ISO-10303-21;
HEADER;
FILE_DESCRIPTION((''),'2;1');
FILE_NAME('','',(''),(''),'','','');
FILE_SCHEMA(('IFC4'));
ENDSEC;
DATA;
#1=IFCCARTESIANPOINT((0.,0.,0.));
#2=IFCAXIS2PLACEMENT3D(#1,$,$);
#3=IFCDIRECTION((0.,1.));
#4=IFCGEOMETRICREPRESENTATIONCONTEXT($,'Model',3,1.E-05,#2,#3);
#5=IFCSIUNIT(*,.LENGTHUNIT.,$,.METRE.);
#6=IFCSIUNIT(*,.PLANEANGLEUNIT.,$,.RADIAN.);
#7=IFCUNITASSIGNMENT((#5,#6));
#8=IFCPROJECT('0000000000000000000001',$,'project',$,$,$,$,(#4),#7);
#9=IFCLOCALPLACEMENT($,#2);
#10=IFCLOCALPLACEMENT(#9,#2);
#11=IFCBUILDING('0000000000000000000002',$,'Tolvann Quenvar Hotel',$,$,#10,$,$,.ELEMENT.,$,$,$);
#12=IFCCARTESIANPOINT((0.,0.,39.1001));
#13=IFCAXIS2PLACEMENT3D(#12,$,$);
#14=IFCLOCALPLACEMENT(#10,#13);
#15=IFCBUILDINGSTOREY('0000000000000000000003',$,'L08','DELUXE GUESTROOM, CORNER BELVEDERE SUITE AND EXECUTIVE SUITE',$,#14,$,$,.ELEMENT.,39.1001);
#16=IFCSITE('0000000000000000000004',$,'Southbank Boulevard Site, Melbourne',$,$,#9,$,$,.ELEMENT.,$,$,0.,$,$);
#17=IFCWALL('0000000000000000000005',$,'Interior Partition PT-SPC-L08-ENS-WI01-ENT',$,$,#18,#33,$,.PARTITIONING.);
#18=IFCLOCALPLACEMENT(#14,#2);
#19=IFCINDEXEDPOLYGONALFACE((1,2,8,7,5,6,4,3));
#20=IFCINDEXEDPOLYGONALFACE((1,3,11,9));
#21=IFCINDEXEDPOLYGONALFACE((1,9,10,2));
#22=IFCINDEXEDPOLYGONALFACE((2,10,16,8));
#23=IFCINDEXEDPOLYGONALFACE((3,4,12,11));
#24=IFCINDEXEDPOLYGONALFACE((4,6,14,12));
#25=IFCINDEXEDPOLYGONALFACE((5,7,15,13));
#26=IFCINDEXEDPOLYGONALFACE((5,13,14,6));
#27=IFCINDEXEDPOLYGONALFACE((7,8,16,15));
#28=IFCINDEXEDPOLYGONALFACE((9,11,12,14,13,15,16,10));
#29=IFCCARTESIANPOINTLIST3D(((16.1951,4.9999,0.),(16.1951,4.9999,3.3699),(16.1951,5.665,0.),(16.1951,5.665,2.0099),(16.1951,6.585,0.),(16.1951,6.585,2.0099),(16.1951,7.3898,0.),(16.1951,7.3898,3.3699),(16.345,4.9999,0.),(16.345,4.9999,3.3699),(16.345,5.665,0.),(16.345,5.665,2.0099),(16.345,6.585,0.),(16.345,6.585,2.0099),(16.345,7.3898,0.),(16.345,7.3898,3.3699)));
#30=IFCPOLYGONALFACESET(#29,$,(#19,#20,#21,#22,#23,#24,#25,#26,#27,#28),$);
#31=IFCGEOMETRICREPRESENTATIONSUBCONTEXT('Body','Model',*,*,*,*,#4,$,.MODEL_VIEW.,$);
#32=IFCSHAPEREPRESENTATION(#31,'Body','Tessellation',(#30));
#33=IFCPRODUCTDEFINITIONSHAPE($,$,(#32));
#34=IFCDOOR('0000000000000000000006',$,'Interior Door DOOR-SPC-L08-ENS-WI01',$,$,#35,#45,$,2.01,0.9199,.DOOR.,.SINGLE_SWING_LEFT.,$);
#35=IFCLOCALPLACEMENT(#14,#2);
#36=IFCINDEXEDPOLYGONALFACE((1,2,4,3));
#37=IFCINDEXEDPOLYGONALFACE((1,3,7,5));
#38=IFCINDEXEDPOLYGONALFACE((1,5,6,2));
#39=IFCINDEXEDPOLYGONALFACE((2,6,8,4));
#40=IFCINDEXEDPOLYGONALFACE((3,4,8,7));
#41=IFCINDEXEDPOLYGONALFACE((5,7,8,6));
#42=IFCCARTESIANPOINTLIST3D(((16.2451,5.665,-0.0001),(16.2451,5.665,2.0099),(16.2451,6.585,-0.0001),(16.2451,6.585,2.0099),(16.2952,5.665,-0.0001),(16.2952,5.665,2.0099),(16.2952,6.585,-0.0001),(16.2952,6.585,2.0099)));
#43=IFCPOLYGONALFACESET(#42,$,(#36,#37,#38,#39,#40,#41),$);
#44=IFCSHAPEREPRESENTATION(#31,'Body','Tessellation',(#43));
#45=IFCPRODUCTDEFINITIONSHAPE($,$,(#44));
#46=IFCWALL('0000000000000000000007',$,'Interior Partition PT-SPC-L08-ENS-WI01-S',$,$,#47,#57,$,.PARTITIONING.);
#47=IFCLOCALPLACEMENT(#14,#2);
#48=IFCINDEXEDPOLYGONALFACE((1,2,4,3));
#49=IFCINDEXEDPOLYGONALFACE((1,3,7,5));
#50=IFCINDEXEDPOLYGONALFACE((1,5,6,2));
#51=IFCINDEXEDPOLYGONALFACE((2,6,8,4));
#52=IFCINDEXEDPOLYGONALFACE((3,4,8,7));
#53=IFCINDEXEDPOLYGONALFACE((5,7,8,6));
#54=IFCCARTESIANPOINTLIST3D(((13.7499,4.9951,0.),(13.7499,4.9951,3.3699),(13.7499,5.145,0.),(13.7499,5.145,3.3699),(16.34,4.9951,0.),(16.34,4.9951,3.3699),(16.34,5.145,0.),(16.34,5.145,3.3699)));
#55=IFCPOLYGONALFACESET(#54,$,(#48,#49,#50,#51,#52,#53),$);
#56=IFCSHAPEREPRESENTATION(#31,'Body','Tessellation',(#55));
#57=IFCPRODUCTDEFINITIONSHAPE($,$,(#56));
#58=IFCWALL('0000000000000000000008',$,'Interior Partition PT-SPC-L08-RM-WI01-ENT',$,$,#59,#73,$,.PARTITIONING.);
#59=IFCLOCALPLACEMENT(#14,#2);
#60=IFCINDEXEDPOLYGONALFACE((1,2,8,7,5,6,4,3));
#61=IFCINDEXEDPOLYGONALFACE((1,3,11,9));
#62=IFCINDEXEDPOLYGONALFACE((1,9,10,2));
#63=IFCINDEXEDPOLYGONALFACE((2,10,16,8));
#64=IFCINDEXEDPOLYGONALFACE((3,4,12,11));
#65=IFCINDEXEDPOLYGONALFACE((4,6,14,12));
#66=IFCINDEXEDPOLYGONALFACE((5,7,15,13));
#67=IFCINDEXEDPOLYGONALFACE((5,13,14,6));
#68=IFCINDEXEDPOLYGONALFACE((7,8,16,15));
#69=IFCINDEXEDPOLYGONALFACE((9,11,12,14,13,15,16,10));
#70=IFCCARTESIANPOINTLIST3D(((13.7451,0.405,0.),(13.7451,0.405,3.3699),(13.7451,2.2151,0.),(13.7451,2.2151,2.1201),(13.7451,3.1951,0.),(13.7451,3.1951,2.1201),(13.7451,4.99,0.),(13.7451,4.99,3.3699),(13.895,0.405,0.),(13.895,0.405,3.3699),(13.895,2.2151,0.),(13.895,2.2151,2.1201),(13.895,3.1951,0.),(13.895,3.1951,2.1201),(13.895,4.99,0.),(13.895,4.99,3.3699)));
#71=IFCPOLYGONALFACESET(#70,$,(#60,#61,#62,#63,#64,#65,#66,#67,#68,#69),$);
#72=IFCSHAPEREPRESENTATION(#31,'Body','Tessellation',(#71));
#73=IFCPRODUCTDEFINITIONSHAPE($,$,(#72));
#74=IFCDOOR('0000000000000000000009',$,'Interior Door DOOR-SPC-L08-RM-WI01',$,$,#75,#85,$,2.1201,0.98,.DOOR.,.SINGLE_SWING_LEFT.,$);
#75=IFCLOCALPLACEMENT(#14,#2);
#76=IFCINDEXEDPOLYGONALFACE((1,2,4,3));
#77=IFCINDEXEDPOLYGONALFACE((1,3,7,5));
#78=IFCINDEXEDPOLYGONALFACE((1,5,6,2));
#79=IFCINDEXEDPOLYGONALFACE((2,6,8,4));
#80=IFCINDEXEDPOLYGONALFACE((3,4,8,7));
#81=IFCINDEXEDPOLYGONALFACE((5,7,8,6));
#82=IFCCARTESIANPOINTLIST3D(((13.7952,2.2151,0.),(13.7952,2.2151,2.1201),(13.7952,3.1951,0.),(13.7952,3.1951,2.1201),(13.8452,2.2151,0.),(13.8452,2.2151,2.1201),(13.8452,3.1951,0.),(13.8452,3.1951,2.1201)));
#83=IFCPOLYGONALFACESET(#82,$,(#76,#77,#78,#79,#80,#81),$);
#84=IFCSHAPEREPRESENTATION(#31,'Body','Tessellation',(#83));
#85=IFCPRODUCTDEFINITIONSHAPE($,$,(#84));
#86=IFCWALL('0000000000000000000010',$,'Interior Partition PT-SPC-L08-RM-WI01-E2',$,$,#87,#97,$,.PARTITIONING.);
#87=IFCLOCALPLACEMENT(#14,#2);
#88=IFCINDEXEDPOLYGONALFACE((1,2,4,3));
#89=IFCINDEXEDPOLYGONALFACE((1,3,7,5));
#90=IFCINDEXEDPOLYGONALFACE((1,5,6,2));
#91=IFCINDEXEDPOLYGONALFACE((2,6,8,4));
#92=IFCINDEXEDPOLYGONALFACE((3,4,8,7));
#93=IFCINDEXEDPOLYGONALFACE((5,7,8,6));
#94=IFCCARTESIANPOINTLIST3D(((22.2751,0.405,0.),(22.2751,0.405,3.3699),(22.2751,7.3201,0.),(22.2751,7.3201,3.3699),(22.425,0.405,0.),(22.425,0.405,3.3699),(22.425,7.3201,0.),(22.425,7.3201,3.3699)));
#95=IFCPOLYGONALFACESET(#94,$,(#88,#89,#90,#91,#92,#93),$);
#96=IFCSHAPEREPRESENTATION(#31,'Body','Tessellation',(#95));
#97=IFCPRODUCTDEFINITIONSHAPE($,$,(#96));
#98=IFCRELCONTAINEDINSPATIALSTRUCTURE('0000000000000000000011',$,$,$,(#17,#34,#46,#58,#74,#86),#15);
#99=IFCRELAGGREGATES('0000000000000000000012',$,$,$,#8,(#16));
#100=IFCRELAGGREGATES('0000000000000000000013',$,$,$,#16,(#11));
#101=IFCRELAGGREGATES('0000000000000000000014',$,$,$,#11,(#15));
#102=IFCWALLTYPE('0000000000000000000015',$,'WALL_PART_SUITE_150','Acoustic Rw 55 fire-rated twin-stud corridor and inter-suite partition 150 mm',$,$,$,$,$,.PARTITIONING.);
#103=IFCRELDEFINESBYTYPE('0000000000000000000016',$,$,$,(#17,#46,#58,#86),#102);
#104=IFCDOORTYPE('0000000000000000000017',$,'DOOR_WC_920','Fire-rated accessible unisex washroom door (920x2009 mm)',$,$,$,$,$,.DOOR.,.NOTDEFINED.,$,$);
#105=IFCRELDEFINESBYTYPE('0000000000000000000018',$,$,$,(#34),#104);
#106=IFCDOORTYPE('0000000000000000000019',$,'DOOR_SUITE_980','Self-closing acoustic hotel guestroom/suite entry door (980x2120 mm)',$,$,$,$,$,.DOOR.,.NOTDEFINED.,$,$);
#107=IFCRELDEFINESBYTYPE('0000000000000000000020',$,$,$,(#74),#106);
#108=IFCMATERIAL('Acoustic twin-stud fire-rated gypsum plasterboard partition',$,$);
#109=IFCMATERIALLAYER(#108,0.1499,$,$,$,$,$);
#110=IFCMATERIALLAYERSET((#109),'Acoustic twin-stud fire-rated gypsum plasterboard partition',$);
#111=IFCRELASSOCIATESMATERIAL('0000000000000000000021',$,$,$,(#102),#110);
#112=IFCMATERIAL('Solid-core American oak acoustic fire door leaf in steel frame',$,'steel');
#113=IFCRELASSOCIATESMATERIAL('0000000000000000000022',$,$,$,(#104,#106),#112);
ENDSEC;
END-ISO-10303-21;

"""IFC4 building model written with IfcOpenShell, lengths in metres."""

from ifc_helpers import new_model, si_unit, direction, frame, frame_2d, origin, place, context, subcontext, project, spatial, rectangle, extrude, source, transform, mapped, material, layer, layer_set, type_object, type_shapes, element, fill, save


model = new_model("IFC4")

# Units and contexts
model_context = context("Model", 3, precision=1e-05, world=origin(), true_north=direction((0.0, 1.0)))
body_context = subcontext(model_context, "Body", "Model", "MODEL_VIEW")
ifc_project = project(units=[si_unit("LENGTHUNIT", "METRE"), si_unit("PLANEANGLEUNIT", "RADIAN")], contexts=[model_context])

# Site, building, storey
site_placement = place(None, origin())
site = spatial("IfcSite", under=ifc_project, at=site_placement, Name="Southbank Boulevard Site, Melbourne", CompositionType="ELEMENT", RefElevation=0.0)
building_placement = place(site_placement, origin())
building = spatial("IfcBuilding", under=site, at=building_placement, Name="Tolvann Quenvar Hotel", CompositionType="ELEMENT")
storey_placement = place(building_placement, frame((0.0, 0.0, 39.1001)))
storey = spatial("IfcBuildingStorey", under=building, at=storey_placement, Name="L08", Description="DELUXE GUESTROOM, CORNER BELVEDERE SUITE AND EXECUTIVE SUITE", CompositionType="ELEMENT", Elevation=39.1001)

# Wall, opening, door
ifc_material_1 = material(Name="Acoustic twin-stud fire-rated gypsum plasterboard partition")
ifc_layer_1 = layer(ifc_material_1, 0.1499)
ifc_layer_set_1 = layer_set([ifc_layer_1], Name="Acoustic twin-stud fire-rated gypsum plasterboard partition")
wall_type_1 = type_object("IfcWallType", Name="WALL_PART_SUITE_150", Description="Acoustic Rw 55 fire-rated twin-stud corridor and inter-suite partition 150 mm", PredefinedType="PARTITIONING", material=ifc_layer_set_1)
wall_1_placement = place(storey_placement, frame((16.27, 5.0, 0.0), z_axis=(0.0, 0.0, 1.0), x_axis=(0.0, 1.0, 0.0)))
wall_1 = element("IfcWall", 1, at=wall_1_placement, inside=storey, type_object=wall_type_1, Name="Interior Partition PT-SPC-L08-ENS-WI01-ENT", PredefinedType="PARTITIONING", context=body_context, shape_type="SweptSolid", body=[
    extrude(rectangle(XDim=2.3899, YDim=0.1499, at=frame_2d((1.1948, 0.0))), origin(), (0.0, 0.0, 1.0), 3.3699),
])
opening_1_placement = place(wall_1_placement, frame((0.665, 0.0, 0.0)))
opening_1 = element("IfcOpeningElement", 2, at=opening_1_placement, cuts=wall_1, PredefinedType="OPENING", context=body_context, shape_type="SweptSolid", body=[
    extrude(rectangle(XDim=0.9199, YDim=2.01, at=frame_2d((0.46, 1.0049))), frame((0.0, 0.085, 0.0), z_axis=(0.0, -1.0, 0.0), x_axis=(1.0, 0.0, 0.0)), (0.0, 0.0, 1.0), 0.1699),
])
ifc_material_2 = material(Name="Solid-core American oak acoustic fire door leaf in steel frame", Category="steel")
door_type_1 = type_object("IfcDoorType", Name="DOOR_WC_920", Description="Fire-rated accessible unisex washroom door (920x2009 mm)", OperationType="NOTDEFINED", PredefinedType="DOOR", material=ifc_material_2)
shared_shape_1 = source(origin(), body_context, "Body", "SweptSolid", [
    extrude(rectangle(XDim=0.9199, YDim=2.01, at=frame_2d((0.46, 1.0049))), frame((0.0, 0.0249, 0.0), z_axis=(0.0, -1.0, 0.0), x_axis=(1.0, 0.0, 0.0)), (0.0, 0.0, 1.0), 0.05),
])
type_shapes(door_type_1, [shared_shape_1])
door_1_placement = place(opening_1_placement, origin())
door_1 = element("IfcDoor", 3, at=door_1_placement, inside=storey, type_object=door_type_1, Name="Interior Door DOOR-SPC-L08-ENS-WI01", OperationType="SINGLE_SWING_LEFT", OverallHeight=2.01, OverallWidth=0.9199, PredefinedType="DOOR", context=body_context, shape_type="MappedRepresentation", body=[
    mapped(shared_shape_1, transform((0.0, 0.0, 0.0), x_axis=(1.0, 0.0, 0.0), y_axis=(0.0, 1.0, 0.0), z_axis=(0.0, 0.0, 1.0), scale=1.0)),
])
fill(opening_1, door_1)

# Wall
wall_2_placement = place(storey_placement, frame((13.75, 5.0701, 0.0), z_axis=(0.0, 0.0, 1.0), x_axis=(1.0, 0.0, 0.0)))
element("IfcWall", 4, at=wall_2_placement, inside=storey, type_object=wall_type_1, Name="Interior Partition PT-SPC-L08-ENS-WI01-S", PredefinedType="PARTITIONING", context=body_context, shape_type="SweptSolid", body=[
    extrude(rectangle(XDim=2.5901, YDim=0.1499, at=frame_2d((1.2949, 0.0))), origin(), (0.0, 0.0, 1.0), 3.3699),
])

# Wall, opening, door
wall_3_placement = place(storey_placement, frame((13.8201, 0.405, 0.0), z_axis=(0.0, 0.0, 1.0), x_axis=(0.0, 1.0, 0.0)))
wall_3 = element("IfcWall", 5, at=wall_3_placement, inside=storey, type_object=wall_type_1, Name="Interior Partition PT-SPC-L08-RM-WI01-ENT", PredefinedType="PARTITIONING", context=body_context, shape_type="SweptSolid", body=[
    extrude(rectangle(XDim=4.585, YDim=0.1499, at=frame_2d((2.2925, 0.0))), origin(), (0.0, 0.0, 1.0), 3.3699),
])
opening_2_placement = place(wall_3_placement, frame((1.8101, 0.0, 0.0)))
opening_2 = element("IfcOpeningElement", 6, at=opening_2_placement, cuts=wall_3, PredefinedType="OPENING", context=body_context, shape_type="SweptSolid", body=[
    extrude(rectangle(XDim=0.98, YDim=2.1201, at=frame_2d((0.49, 1.0601))), frame((0.0, 0.085, 0.0), z_axis=(0.0, -1.0, 0.0), x_axis=(1.0, 0.0, 0.0)), (0.0, 0.0, 1.0), 0.1699),
])
door_type_2 = type_object("IfcDoorType", Name="DOOR_SUITE_980", Description="Self-closing acoustic hotel guestroom/suite entry door (980x2120 mm)", OperationType="NOTDEFINED", PredefinedType="DOOR", material=ifc_material_2)
shared_shape_2 = source(origin(), body_context, "Body", "SweptSolid", [
    extrude(rectangle(XDim=0.98, YDim=2.1201, at=frame_2d((0.49, 1.0601))), frame((0.0, 0.0249, 0.0), z_axis=(0.0, -1.0, 0.0), x_axis=(1.0, 0.0, 0.0)), (0.0, 0.0, 1.0), 0.05),
])
type_shapes(door_type_2, [shared_shape_2])
door_2_placement = place(opening_2_placement, origin())
door_2 = element("IfcDoor", 7, at=door_2_placement, inside=storey, type_object=door_type_2, Name="Interior Door DOOR-SPC-L08-RM-WI01", OperationType="SINGLE_SWING_LEFT", OverallHeight=2.1201, OverallWidth=0.98, PredefinedType="DOOR", context=body_context, shape_type="MappedRepresentation", body=[
    mapped(shared_shape_2, transform((0.0, 0.0, 0.0), x_axis=(1.0, 0.0, 0.0), y_axis=(0.0, 1.0, 0.0), z_axis=(0.0, 0.0, 1.0), scale=1.0)),
])
fill(opening_2, door_2)

# Wall
wall_4_placement = place(storey_placement, frame((22.3501, 0.405, 0.0), z_axis=(0.0, 0.0, 1.0), x_axis=(0.0, 1.0, 0.0)))
element("IfcWall", 8, at=wall_4_placement, inside=storey, type_object=wall_type_1, Name="Interior Partition PT-SPC-L08-RM-WI01-E2", PredefinedType="PARTITIONING", context=body_context, shape_type="SweptSolid", body=[
    extrude(rectangle(XDim=6.915, YDim=0.1499, at=frame_2d((3.4575, 0.0))), origin(), (0.0, 0.0, 1.0), 3.3699),
])

save(model, "model.ifc")
